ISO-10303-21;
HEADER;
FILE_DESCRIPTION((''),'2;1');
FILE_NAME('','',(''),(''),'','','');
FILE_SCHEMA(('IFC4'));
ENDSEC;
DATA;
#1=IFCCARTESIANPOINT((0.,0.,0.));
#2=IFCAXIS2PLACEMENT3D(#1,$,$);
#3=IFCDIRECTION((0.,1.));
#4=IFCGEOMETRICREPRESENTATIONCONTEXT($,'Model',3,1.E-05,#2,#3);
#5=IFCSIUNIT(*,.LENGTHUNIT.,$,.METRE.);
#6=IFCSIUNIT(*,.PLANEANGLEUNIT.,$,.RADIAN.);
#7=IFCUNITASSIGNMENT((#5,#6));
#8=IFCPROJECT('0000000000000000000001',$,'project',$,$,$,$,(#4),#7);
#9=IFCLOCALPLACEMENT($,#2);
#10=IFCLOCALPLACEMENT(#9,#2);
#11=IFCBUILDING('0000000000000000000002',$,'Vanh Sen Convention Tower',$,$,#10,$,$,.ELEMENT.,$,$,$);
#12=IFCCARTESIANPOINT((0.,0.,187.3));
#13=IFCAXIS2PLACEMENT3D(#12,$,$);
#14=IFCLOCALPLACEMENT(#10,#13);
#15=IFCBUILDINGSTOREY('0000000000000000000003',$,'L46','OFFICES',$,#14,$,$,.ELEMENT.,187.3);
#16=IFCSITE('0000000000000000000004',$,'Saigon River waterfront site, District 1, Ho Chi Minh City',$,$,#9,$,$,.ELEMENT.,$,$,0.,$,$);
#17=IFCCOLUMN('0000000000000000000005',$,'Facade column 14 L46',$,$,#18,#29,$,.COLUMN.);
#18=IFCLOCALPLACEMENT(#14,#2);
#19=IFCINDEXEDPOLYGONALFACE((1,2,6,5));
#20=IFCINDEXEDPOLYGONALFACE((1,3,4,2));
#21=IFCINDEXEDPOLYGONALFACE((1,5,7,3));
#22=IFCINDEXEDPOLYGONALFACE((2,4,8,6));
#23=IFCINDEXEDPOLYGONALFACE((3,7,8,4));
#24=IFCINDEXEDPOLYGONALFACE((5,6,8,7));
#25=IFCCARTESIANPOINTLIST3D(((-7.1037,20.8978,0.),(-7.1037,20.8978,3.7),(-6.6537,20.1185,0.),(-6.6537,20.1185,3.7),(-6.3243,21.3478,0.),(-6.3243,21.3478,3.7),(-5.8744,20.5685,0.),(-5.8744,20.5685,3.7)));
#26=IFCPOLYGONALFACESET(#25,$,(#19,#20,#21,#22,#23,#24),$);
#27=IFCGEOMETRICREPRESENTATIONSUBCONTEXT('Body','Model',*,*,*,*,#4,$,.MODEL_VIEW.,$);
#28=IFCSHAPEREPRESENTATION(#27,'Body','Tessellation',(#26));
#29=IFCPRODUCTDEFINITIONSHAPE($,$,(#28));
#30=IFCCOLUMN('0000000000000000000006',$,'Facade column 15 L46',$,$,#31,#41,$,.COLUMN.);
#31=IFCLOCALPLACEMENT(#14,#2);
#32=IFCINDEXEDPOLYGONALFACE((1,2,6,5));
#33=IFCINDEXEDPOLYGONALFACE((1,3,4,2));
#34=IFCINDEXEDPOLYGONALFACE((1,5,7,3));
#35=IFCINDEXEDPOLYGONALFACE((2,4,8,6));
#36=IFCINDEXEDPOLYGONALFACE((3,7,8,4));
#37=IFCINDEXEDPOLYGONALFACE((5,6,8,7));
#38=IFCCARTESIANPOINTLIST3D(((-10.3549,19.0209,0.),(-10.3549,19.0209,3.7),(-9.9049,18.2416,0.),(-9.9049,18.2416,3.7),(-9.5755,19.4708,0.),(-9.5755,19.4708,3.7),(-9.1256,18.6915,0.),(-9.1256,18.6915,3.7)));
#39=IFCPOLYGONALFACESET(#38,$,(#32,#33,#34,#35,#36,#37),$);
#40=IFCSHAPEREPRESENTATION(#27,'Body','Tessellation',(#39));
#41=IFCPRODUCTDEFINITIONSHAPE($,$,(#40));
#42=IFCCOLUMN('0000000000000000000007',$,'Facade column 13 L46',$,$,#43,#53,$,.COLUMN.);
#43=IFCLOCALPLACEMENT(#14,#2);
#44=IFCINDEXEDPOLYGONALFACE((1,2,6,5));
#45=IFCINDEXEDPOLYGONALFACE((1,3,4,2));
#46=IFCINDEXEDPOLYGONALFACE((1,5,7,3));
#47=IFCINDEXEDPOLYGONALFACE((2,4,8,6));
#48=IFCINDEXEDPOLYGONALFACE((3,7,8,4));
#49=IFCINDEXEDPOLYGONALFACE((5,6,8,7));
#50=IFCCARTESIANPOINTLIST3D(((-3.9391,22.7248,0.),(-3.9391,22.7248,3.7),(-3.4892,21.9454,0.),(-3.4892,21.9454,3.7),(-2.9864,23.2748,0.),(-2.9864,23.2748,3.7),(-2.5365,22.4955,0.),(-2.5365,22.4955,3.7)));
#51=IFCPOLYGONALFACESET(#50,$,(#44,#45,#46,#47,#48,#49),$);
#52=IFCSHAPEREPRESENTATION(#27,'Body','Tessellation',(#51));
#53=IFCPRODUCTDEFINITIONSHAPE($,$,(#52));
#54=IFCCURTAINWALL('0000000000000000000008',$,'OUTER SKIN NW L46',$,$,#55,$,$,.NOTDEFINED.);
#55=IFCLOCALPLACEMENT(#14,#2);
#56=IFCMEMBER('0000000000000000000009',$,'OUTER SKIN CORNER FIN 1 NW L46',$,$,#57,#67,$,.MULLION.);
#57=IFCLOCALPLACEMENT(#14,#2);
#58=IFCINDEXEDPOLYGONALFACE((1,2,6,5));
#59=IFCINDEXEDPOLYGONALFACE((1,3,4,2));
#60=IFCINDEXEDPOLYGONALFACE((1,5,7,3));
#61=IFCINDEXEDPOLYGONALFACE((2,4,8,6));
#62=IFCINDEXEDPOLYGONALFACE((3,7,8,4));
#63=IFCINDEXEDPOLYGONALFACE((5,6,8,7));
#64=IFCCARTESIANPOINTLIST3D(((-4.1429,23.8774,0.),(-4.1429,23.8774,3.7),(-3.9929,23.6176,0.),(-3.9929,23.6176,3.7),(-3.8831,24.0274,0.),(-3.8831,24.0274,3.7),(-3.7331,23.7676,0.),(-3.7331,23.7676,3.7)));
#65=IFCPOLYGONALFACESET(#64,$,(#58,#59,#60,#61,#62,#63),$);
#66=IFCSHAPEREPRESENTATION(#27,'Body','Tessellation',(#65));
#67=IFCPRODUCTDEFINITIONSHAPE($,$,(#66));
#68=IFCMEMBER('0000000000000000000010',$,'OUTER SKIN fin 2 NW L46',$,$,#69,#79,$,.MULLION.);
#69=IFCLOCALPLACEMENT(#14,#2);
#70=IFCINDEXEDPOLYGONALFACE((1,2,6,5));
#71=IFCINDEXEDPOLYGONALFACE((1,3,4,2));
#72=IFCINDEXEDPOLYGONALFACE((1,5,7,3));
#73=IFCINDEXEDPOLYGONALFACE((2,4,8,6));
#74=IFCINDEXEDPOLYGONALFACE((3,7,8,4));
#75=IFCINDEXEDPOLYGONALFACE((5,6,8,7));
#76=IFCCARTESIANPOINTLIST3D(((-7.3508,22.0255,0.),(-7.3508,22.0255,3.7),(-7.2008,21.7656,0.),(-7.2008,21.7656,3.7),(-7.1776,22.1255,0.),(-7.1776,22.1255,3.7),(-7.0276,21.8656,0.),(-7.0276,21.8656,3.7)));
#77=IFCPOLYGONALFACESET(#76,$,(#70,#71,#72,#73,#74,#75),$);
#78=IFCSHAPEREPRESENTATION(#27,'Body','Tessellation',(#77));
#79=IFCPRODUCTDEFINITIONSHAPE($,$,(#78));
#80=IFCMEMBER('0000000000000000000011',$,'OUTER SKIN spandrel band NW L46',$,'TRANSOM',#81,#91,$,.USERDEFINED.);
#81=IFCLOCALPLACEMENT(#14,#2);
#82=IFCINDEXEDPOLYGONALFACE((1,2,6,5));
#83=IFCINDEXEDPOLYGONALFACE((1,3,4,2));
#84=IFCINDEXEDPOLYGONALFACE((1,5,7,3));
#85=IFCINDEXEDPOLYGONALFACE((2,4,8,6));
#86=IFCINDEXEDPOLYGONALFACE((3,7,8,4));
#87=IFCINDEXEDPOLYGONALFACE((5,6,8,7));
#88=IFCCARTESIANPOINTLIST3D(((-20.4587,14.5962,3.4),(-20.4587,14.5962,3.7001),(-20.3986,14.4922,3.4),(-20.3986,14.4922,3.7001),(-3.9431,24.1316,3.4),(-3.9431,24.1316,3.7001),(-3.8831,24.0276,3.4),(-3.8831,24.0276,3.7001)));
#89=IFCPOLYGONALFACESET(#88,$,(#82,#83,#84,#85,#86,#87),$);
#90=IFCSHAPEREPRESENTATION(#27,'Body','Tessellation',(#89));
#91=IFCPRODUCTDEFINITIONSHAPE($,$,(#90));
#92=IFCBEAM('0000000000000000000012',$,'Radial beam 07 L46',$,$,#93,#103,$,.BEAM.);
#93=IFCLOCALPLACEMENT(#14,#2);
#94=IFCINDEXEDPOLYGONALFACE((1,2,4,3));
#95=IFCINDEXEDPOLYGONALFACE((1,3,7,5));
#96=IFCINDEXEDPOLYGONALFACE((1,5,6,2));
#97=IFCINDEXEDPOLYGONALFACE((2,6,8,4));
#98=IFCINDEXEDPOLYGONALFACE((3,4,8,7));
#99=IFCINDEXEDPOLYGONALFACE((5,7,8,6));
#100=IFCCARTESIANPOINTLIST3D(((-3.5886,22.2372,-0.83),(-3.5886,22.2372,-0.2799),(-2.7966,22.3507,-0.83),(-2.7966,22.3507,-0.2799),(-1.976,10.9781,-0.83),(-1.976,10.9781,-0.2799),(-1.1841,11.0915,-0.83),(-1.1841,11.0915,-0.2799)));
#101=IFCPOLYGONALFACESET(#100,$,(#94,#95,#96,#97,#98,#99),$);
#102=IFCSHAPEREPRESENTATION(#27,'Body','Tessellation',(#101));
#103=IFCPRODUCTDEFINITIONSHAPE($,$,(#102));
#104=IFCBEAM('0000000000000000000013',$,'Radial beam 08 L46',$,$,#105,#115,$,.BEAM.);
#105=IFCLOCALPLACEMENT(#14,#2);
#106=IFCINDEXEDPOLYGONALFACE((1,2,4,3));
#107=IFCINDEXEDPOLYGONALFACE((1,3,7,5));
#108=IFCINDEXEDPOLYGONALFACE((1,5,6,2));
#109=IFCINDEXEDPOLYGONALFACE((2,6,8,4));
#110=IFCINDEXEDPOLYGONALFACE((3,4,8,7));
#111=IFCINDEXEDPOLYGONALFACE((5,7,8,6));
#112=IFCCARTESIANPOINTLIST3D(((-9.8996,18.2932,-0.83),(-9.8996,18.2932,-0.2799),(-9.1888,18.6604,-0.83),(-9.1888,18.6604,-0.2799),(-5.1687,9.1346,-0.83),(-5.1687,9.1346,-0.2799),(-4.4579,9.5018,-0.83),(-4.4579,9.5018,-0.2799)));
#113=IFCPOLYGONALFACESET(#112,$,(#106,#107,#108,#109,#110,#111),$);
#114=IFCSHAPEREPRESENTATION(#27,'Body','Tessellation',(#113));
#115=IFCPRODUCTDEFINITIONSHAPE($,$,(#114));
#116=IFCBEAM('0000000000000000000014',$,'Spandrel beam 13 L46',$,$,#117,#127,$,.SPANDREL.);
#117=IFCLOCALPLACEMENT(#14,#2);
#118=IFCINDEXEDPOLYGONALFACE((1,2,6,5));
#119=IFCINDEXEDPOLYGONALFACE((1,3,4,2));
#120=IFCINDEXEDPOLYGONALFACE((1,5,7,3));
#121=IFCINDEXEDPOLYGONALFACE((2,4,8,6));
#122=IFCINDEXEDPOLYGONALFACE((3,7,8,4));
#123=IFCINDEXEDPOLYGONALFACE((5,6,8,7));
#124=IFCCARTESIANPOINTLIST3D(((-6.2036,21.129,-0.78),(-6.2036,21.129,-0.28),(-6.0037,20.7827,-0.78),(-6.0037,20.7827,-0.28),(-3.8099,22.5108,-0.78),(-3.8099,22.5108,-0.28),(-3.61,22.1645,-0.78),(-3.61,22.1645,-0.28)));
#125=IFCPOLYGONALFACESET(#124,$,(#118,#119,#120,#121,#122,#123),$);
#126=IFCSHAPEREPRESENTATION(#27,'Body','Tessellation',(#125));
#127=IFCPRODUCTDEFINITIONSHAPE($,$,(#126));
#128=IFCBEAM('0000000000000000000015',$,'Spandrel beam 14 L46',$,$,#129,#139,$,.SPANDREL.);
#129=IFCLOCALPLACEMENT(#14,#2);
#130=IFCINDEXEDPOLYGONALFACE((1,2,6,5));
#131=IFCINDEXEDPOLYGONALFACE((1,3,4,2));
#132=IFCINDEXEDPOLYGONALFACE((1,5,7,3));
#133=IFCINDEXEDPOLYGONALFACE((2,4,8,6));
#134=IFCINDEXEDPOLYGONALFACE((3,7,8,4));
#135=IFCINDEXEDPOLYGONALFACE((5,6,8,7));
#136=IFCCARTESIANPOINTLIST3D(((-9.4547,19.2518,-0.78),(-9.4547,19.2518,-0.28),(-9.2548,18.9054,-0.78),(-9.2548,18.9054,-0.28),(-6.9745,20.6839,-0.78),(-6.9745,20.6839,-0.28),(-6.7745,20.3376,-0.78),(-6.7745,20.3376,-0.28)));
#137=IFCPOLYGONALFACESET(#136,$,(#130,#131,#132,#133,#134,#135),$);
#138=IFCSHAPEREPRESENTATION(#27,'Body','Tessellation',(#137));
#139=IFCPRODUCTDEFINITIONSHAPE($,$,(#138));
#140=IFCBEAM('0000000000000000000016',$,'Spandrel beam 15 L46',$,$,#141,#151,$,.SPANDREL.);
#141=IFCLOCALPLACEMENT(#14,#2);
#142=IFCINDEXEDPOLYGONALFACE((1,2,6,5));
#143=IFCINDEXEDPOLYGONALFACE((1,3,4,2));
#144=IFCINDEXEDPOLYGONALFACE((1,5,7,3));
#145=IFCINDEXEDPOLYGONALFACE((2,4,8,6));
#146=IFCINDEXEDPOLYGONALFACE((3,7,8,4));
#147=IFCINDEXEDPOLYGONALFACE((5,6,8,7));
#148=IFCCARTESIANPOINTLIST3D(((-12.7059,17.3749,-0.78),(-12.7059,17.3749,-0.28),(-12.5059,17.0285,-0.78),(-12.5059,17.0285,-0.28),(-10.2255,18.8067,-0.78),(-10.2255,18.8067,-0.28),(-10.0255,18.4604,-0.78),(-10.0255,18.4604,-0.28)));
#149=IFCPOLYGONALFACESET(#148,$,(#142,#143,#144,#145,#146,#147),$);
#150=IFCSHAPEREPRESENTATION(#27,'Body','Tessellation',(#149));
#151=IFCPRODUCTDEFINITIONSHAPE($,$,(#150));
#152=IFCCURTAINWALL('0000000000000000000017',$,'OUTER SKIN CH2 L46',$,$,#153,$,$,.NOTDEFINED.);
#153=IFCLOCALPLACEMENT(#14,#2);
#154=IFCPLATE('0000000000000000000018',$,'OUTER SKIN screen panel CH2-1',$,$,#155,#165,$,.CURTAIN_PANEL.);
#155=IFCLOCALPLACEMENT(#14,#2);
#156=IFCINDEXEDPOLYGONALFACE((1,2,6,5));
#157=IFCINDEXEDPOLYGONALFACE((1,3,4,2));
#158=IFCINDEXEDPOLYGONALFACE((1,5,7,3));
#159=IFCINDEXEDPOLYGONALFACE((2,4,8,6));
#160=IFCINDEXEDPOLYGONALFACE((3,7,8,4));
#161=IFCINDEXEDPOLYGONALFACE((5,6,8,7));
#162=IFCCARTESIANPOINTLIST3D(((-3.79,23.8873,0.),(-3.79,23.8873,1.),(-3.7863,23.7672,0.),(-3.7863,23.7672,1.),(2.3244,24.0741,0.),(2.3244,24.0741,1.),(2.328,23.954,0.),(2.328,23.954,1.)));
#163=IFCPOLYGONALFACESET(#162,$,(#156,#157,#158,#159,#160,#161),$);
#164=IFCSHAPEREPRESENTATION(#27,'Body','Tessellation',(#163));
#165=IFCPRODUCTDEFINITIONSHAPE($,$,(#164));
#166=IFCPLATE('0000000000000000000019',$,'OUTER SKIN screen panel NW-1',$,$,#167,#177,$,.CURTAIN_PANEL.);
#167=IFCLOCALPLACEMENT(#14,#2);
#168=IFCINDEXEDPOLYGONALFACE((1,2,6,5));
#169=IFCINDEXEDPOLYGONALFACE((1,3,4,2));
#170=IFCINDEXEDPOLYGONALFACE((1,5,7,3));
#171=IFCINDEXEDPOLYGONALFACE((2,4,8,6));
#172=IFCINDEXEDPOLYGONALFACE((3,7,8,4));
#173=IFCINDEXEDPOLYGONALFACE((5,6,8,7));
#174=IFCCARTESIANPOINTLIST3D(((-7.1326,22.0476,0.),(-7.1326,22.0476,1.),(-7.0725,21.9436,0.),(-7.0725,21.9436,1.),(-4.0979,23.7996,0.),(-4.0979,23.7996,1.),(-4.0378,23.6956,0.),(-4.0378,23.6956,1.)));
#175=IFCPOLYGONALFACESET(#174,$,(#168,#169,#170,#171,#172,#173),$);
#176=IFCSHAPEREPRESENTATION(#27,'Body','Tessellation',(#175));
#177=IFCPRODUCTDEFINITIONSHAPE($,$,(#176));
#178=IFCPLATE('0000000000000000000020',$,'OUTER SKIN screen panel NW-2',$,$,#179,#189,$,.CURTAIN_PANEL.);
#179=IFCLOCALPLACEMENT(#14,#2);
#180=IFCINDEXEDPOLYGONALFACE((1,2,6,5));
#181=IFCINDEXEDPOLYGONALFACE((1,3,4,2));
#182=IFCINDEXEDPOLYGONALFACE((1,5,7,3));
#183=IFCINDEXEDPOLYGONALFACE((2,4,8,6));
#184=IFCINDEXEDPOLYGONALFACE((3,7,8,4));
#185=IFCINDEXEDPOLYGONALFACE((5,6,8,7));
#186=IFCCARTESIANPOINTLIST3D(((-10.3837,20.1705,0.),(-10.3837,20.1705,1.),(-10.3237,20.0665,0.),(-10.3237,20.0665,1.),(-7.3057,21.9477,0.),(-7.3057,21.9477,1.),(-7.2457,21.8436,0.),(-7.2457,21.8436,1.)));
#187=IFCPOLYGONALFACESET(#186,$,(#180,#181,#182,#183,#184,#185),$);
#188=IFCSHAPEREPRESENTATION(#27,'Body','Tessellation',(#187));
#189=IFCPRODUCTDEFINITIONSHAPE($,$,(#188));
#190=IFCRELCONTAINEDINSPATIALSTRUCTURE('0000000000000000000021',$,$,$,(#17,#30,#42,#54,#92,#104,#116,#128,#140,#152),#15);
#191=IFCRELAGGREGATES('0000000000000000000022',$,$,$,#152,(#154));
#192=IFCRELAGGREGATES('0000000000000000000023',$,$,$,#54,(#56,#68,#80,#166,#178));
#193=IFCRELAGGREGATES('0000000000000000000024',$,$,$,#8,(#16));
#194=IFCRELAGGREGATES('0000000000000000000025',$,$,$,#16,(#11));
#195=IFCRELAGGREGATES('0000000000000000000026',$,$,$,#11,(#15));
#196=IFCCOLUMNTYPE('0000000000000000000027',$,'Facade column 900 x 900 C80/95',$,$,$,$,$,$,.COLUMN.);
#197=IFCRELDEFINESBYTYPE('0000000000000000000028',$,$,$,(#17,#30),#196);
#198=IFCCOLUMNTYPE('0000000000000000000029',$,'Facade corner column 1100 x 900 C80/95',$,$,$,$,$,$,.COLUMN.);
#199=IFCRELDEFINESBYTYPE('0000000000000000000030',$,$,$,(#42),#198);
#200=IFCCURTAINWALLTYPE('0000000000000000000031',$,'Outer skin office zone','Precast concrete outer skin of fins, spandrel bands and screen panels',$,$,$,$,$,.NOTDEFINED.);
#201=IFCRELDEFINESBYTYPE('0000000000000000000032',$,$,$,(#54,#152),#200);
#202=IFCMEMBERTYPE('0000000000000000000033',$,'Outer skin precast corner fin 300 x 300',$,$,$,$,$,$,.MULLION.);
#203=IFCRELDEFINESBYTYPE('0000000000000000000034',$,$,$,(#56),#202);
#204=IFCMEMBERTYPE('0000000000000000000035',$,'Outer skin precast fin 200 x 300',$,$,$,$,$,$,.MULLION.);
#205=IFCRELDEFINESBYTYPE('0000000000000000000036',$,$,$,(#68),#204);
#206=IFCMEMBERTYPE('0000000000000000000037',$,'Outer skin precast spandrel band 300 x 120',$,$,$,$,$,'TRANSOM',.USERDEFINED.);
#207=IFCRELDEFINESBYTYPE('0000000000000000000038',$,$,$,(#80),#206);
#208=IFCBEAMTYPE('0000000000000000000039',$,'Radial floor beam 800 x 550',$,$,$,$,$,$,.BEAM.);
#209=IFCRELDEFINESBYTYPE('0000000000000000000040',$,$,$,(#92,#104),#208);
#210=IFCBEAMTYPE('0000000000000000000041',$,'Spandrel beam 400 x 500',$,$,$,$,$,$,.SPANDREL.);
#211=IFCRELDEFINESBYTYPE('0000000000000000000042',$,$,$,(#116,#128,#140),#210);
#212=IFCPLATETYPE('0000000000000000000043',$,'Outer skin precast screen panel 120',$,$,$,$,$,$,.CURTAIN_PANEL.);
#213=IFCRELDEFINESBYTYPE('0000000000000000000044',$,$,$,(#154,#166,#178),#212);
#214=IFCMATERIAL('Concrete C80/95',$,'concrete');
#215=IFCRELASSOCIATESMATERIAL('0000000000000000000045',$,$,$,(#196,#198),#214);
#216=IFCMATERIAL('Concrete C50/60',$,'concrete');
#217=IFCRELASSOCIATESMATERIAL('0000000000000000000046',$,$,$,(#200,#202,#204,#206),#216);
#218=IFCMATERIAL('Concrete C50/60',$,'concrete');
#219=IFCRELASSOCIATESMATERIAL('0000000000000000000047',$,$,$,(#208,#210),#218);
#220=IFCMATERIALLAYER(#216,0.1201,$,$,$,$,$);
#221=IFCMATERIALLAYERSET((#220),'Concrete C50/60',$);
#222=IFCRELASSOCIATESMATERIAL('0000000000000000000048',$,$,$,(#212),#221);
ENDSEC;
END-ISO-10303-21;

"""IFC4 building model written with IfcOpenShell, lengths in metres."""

from ifc_helpers import new_model, si_unit, direction, frame, origin, origin_2d, place, context, subcontext, project, spatial, rectangle, extrude, material, layer, layer_set, material_profile, profile_set, type_object, element, aggregate, save


model = new_model("IFC4")

# Units and contexts
model_context = context("Model", 3, precision=1e-05, world=origin(), true_north=direction((0.0, 1.0)))
body_context = subcontext(model_context, "Body", "Model", "MODEL_VIEW")
ifc_project = project(units=[si_unit("LENGTHUNIT", "METRE"), si_unit("PLANEANGLEUNIT", "RADIAN")], contexts=[model_context])

# Site, building, storey
site_placement = place(None, origin())
site = spatial("IfcSite", under=ifc_project, at=site_placement, Name="Saigon River waterfront site, District 1, Ho Chi Minh City", CompositionType="ELEMENT", RefElevation=0.0)
building_placement = place(site_placement, origin())
building = spatial("IfcBuilding", under=site, at=building_placement, Name="Vanh Sen Convention Tower", CompositionType="ELEMENT")
storey_placement = place(building_placement, frame((0.0, 0.0, 187.3)))
storey = spatial("IfcBuildingStorey", under=building, at=storey_placement, Name="L46", Description="OFFICES", CompositionType="ELEMENT", Elevation=187.3)

# Columns
ifc_material_1 = material(Name="Concrete C80/95", Category="concrete")
ifc_material_profile_1 = material_profile(ifc_material_1, rectangle(XDim=0.8999, YDim=0.8999, at=origin_2d()), Name="RC 900X900")
ifc_profile_set_1 = profile_set([ifc_material_profile_1], Name="Concrete C80/95")
column_type_1 = type_object("IfcColumnType", Name="Facade column 900 x 900 C80/95", PredefinedType="COLUMN", material=ifc_profile_set_1)
for number, where, z_axis, x_axis, name in (
    (1, (-6.489, 20.7332, 0.0), (0.0, 0.0, 1.0), (-0.866025, -0.5, 0.0), "Facade column 14 L46"),
    (2, (-9.7402, 18.8562, 0.0), (0.0, 0.0, 1.0), (-0.866025, -0.5, 0.0), "Facade column 15 L46"),
):
    element("IfcColumn", number, at=place(storey_placement, frame(where, z_axis=z_axis, x_axis=x_axis)), inside=storey, type_object=column_type_1, Name=name, PredefinedType="COLUMN", context=body_context, shape_type="SweptSolid", body=[
        extrude(rectangle(XDim=0.8999, YDim=0.8999, at=origin_2d()), origin(), (0.0, 0.0, 1.0), 3.7),
    ])
ifc_material_profile_2 = material_profile(ifc_material_1, rectangle(XDim=1.1001, YDim=0.8999, at=origin_2d()), Name="RC 1100X900")
ifc_profile_set_2 = profile_set([ifc_material_profile_2], Name="Concrete C80/95")
column_type_2 = type_object("IfcColumnType", Name="Facade corner column 1100 x 900 C80/95", PredefinedType="COLUMN", material=ifc_profile_set_2)
column_placement = place(storey_placement, frame((-3.2378, 22.6101, 0.0), z_axis=(0.0, 0.0, 1.0), x_axis=(-0.866025, -0.5, 0.0)))
element("IfcColumn", 3, at=column_placement, inside=storey, type_object=column_type_2, Name="Facade column 13 L46", PredefinedType="COLUMN", context=body_context, shape_type="SweptSolid", body=[
    extrude(rectangle(XDim=1.1001, YDim=0.8999, at=origin_2d()), origin(), (0.0, 0.0, 1.0), 3.7),
])

# Curtain wall, members
ifc_material_2 = material(Name="Concrete C50/60", Category="concrete")
curtain_wall_type = type_object("IfcCurtainWallType", Name="Outer skin office zone", Description="Precast concrete outer skin of fins, spandrel bands and screen panels", PredefinedType="NOTDEFINED", material=ifc_material_2)
curtain_wall_1_placement = place(storey_placement, origin())
curtain_wall_1 = element("IfcCurtainWall", 4, at=curtain_wall_1_placement, inside=storey, type_object=curtain_wall_type, Name="OUTER SKIN NW L46", PredefinedType="NOTDEFINED")
ifc_material_profile_3 = material_profile(ifc_material_2, rectangle(XDim=0.3, YDim=0.3, at=origin_2d()), Name="Outer skin precast corner fin 300 x 300")
ifc_profile_set_3 = profile_set([ifc_material_profile_3], Name="Concrete C50/60")
member_type_1 = type_object("IfcMemberType", Name="Outer skin precast corner fin 300 x 300", PredefinedType="MULLION", material=ifc_profile_set_3)
member_1_placement = place(storey_placement, frame((-3.938, 23.8225, 0.0), z_axis=(0.0, 0.0, 1.0), x_axis=(-0.866025, -0.5, 0.0)))
member_1 = element("IfcMember", 5, at=member_1_placement, type_object=member_type_1, Name="OUTER SKIN CORNER FIN 1 NW L46", PredefinedType="MULLION", context=body_context, shape_type="SweptSolid", body=[
    extrude(rectangle(XDim=0.3, YDim=0.3, at=origin_2d()), origin(), (0.0, 0.0, 1.0), 3.7),
])
ifc_material_profile_4 = material_profile(ifc_material_2, rectangle(XDim=0.2, YDim=0.3, at=origin_2d()), Name="Outer skin precast fin 200 x 300")
ifc_profile_set_4 = profile_set([ifc_material_profile_4], Name="Concrete C50/60")
member_type_2 = type_object("IfcMemberType", Name="Outer skin precast fin 200 x 300", PredefinedType="MULLION", material=ifc_profile_set_4)
member_2_placement = place(storey_placement, frame((-7.1892, 21.9456, 0.0), z_axis=(0.0, 0.0, 1.0), x_axis=(-0.866025, -0.5, 0.0)))
member_2 = element("IfcMember", 6, at=member_2_placement, type_object=member_type_2, Name="OUTER SKIN fin 2 NW L46", PredefinedType="MULLION", context=body_context, shape_type="SweptSolid", body=[
    extrude(rectangle(XDim=0.2, YDim=0.3, at=origin_2d()), origin(), (0.0, 0.0, 1.0), 3.7),
])
ifc_material_profile_5 = material_profile(ifc_material_2, rectangle(XDim=0.1201, YDim=0.3, at=origin_2d()), Name="Outer skin precast spandrel band 300 x 120")
ifc_profile_set_5 = profile_set([ifc_material_profile_5], Name="Concrete C50/60")
member_type_3 = type_object("IfcMemberType", Name="Outer skin precast spandrel band 300 x 120", ElementType="TRANSOM", PredefinedType="USERDEFINED", material=ifc_profile_set_5)
member_3_placement = place(storey_placement, frame((-3.9131, 24.0796, 3.55), z_axis=(-0.866023, -0.500004, 0.0), x_axis=(0.500004, -0.866023, 0.0)))
member_3 = element("IfcMember", 7, at=member_3_placement, type_object=member_type_3, Name="OUTER SKIN spandrel band NW L46", ObjectType="TRANSOM", PredefinedType="USERDEFINED", context=body_context, shape_type="SweptSolid", body=[
    extrude(rectangle(XDim=0.1201, YDim=0.3, at=origin_2d()), origin(), (0.0, 0.0, 1.0), 19.0706),
])

# Beams
ifc_material_3 = material(Name="Concrete C50/60", Category="concrete")
ifc_material_profile_6 = material_profile(ifc_material_3, rectangle(XDim=0.8, YDim=0.55, at=origin_2d()), Name="RC 800X550")
ifc_profile_set_6 = profile_set([ifc_material_profile_6], Name="Concrete C50/60")
beam_type_1 = type_object("IfcBeamType", Name="Radial floor beam 800 x 550", PredefinedType="BEAM", material=ifc_profile_set_6)
beam_1_placement = place(storey_placement, frame((-3.1926, 22.2939, -0.5549), z_axis=(0.141776, -0.989899, 0.0), x_axis=(0.989899, 0.141776, 0.0)))
element("IfcBeam", 8, at=beam_1_placement, inside=storey, type_object=beam_type_1, Name="Radial beam 07 L46", PredefinedType="BEAM", context=body_context, shape_type="SweptSolid", body=[
    extrude(rectangle(XDim=0.8, YDim=0.55, at=origin_2d()), origin(), (0.0, 0.0, 1.0), 11.374),
])
beam_2_placement = place(storey_placement, frame((-9.5442, 18.4768, -0.5549), z_axis=(0.458941, -0.888467, 0.0), x_axis=(0.888467, 0.458941, 0.0)))
element("IfcBeam", 9, at=beam_2_placement, inside=storey, type_object=beam_type_1, Name="Radial beam 08 L46", PredefinedType="BEAM", context=body_context, shape_type="SweptSolid", body=[
    extrude(rectangle(XDim=0.8, YDim=0.55, at=origin_2d()), origin(), (0.0, 0.0, 1.0), 10.3083),
])
ifc_material_profile_7 = material_profile(ifc_material_3, rectangle(XDim=0.3999, YDim=0.5, at=origin_2d()), Name="RC 400X500")
ifc_profile_set_7 = profile_set([ifc_material_profile_7], Name="Concrete C50/60")
beam_type_2 = type_object("IfcBeamType", Name="Spandrel beam 400 x 500", PredefinedType="SPANDREL", material=ifc_profile_set_7)
beam_3_placement = place(storey_placement, frame((-3.71, 22.3376, -0.53), z_axis=(-0.866061, -0.499939, 0.0), x_axis=(0.499939, -0.866061, 0.0)))
element("IfcBeam", 10, at=beam_3_placement, inside=storey, type_object=beam_type_2, Name="Spandrel beam 13 L46", PredefinedType="SPANDREL", context=body_context, shape_type="SweptSolid", body=[
    extrude(rectangle(XDim=0.3999, YDim=0.5, at=origin_2d()), origin(), (0.0, 0.0, 1.0), 2.7639),
])
for number, where, z_axis, x_axis, name in (
    (11, (-6.8745, 20.5107, -0.53), (-0.866, -0.500045, 0.0), (0.500045, -0.866, 0.0), "Spandrel beam 14 L46"),
    (12, (-10.1255, 18.6335, -0.53), (-0.866058, -0.499944, 0.0), (0.499944, -0.866058, 0.0), "Spandrel beam 15 L46"),
):
    element("IfcBeam", number, at=place(storey_placement, frame(where, z_axis=z_axis, x_axis=x_axis)), inside=storey, type_object=beam_type_2, Name=name, PredefinedType="SPANDREL", context=body_context, shape_type="SweptSolid", body=[
        extrude(rectangle(XDim=0.3999, YDim=0.5, at=origin_2d()), origin(), (0.0, 0.0, 1.0), 2.864),
    ])

# Curtain wall, plate
curtain_wall_2_placement = place(storey_placement, origin())
curtain_wall_2 = element("IfcCurtainWall", 13, at=curtain_wall_2_placement, inside=storey, type_object=curtain_wall_type, Name="OUTER SKIN CH2 L46", PredefinedType="NOTDEFINED")
ifc_layer_1 = layer(ifc_material_2, 0.1201)
ifc_layer_set_1 = layer_set([ifc_layer_1], Name="Concrete C50/60")
plate_type = type_object("IfcPlateType", Name="Outer skin precast screen panel 120", PredefinedType="CURTAIN_PANEL", material=ifc_layer_set_1)
plate_1_placement = place(storey_placement, frame((-0.731, 23.9207, 0.0), z_axis=(0.0, 0.0, 1.0), x_axis=(-0.999534, -0.030539, 0.0)))
plate_1 = element("IfcPlate", 14, at=plate_1_placement, type_object=plate_type, Name="OUTER SKIN screen panel CH2-1", PredefinedType="CURTAIN_PANEL", context=body_context, shape_type="SweptSolid", body=[
    extrude(rectangle(XDim=6.1172, YDim=0.1201, at=origin_2d()), origin(), (0.0, 0.0, 1.0), 1.0),
])
aggregate(curtain_wall_2, [plate_1])

# Plates
plate_2_placement = place(storey_placement, frame((-5.5852, 22.8716, 0.0), z_axis=(0.0, 0.0, 1.0), x_axis=(-0.866035, -0.499983, 0.0)))
plate_2 = element("IfcPlate", 15, at=plate_2_placement, type_object=plate_type, Name="OUTER SKIN screen panel NW-1", PredefinedType="CURTAIN_PANEL", context=body_context, shape_type="SweptSolid", body=[
    extrude(rectangle(XDim=3.5042, YDim=0.1201, at=origin_2d()), origin(), (0.0, 0.0, 1.0), 1.0),
])
plate_3_placement = place(storey_placement, frame((-8.8147, 21.0071, 0.0), z_axis=(0.0, 0.0, 1.0), x_axis=(-0.866017, -0.500015, 0.0)))
plate_3 = element("IfcPlate", 16, at=plate_3_placement, type_object=plate_type, Name="OUTER SKIN screen panel NW-2", PredefinedType="CURTAIN_PANEL", context=body_context, shape_type="SweptSolid", body=[
    extrude(rectangle(XDim=3.5542, YDim=0.1201, at=origin_2d()), origin(), (0.0, 0.0, 1.0), 1.0),
])
aggregate(curtain_wall_1, [member_1, member_2, member_3, plate_2, plate_3])

save(model, "model.ifc")
